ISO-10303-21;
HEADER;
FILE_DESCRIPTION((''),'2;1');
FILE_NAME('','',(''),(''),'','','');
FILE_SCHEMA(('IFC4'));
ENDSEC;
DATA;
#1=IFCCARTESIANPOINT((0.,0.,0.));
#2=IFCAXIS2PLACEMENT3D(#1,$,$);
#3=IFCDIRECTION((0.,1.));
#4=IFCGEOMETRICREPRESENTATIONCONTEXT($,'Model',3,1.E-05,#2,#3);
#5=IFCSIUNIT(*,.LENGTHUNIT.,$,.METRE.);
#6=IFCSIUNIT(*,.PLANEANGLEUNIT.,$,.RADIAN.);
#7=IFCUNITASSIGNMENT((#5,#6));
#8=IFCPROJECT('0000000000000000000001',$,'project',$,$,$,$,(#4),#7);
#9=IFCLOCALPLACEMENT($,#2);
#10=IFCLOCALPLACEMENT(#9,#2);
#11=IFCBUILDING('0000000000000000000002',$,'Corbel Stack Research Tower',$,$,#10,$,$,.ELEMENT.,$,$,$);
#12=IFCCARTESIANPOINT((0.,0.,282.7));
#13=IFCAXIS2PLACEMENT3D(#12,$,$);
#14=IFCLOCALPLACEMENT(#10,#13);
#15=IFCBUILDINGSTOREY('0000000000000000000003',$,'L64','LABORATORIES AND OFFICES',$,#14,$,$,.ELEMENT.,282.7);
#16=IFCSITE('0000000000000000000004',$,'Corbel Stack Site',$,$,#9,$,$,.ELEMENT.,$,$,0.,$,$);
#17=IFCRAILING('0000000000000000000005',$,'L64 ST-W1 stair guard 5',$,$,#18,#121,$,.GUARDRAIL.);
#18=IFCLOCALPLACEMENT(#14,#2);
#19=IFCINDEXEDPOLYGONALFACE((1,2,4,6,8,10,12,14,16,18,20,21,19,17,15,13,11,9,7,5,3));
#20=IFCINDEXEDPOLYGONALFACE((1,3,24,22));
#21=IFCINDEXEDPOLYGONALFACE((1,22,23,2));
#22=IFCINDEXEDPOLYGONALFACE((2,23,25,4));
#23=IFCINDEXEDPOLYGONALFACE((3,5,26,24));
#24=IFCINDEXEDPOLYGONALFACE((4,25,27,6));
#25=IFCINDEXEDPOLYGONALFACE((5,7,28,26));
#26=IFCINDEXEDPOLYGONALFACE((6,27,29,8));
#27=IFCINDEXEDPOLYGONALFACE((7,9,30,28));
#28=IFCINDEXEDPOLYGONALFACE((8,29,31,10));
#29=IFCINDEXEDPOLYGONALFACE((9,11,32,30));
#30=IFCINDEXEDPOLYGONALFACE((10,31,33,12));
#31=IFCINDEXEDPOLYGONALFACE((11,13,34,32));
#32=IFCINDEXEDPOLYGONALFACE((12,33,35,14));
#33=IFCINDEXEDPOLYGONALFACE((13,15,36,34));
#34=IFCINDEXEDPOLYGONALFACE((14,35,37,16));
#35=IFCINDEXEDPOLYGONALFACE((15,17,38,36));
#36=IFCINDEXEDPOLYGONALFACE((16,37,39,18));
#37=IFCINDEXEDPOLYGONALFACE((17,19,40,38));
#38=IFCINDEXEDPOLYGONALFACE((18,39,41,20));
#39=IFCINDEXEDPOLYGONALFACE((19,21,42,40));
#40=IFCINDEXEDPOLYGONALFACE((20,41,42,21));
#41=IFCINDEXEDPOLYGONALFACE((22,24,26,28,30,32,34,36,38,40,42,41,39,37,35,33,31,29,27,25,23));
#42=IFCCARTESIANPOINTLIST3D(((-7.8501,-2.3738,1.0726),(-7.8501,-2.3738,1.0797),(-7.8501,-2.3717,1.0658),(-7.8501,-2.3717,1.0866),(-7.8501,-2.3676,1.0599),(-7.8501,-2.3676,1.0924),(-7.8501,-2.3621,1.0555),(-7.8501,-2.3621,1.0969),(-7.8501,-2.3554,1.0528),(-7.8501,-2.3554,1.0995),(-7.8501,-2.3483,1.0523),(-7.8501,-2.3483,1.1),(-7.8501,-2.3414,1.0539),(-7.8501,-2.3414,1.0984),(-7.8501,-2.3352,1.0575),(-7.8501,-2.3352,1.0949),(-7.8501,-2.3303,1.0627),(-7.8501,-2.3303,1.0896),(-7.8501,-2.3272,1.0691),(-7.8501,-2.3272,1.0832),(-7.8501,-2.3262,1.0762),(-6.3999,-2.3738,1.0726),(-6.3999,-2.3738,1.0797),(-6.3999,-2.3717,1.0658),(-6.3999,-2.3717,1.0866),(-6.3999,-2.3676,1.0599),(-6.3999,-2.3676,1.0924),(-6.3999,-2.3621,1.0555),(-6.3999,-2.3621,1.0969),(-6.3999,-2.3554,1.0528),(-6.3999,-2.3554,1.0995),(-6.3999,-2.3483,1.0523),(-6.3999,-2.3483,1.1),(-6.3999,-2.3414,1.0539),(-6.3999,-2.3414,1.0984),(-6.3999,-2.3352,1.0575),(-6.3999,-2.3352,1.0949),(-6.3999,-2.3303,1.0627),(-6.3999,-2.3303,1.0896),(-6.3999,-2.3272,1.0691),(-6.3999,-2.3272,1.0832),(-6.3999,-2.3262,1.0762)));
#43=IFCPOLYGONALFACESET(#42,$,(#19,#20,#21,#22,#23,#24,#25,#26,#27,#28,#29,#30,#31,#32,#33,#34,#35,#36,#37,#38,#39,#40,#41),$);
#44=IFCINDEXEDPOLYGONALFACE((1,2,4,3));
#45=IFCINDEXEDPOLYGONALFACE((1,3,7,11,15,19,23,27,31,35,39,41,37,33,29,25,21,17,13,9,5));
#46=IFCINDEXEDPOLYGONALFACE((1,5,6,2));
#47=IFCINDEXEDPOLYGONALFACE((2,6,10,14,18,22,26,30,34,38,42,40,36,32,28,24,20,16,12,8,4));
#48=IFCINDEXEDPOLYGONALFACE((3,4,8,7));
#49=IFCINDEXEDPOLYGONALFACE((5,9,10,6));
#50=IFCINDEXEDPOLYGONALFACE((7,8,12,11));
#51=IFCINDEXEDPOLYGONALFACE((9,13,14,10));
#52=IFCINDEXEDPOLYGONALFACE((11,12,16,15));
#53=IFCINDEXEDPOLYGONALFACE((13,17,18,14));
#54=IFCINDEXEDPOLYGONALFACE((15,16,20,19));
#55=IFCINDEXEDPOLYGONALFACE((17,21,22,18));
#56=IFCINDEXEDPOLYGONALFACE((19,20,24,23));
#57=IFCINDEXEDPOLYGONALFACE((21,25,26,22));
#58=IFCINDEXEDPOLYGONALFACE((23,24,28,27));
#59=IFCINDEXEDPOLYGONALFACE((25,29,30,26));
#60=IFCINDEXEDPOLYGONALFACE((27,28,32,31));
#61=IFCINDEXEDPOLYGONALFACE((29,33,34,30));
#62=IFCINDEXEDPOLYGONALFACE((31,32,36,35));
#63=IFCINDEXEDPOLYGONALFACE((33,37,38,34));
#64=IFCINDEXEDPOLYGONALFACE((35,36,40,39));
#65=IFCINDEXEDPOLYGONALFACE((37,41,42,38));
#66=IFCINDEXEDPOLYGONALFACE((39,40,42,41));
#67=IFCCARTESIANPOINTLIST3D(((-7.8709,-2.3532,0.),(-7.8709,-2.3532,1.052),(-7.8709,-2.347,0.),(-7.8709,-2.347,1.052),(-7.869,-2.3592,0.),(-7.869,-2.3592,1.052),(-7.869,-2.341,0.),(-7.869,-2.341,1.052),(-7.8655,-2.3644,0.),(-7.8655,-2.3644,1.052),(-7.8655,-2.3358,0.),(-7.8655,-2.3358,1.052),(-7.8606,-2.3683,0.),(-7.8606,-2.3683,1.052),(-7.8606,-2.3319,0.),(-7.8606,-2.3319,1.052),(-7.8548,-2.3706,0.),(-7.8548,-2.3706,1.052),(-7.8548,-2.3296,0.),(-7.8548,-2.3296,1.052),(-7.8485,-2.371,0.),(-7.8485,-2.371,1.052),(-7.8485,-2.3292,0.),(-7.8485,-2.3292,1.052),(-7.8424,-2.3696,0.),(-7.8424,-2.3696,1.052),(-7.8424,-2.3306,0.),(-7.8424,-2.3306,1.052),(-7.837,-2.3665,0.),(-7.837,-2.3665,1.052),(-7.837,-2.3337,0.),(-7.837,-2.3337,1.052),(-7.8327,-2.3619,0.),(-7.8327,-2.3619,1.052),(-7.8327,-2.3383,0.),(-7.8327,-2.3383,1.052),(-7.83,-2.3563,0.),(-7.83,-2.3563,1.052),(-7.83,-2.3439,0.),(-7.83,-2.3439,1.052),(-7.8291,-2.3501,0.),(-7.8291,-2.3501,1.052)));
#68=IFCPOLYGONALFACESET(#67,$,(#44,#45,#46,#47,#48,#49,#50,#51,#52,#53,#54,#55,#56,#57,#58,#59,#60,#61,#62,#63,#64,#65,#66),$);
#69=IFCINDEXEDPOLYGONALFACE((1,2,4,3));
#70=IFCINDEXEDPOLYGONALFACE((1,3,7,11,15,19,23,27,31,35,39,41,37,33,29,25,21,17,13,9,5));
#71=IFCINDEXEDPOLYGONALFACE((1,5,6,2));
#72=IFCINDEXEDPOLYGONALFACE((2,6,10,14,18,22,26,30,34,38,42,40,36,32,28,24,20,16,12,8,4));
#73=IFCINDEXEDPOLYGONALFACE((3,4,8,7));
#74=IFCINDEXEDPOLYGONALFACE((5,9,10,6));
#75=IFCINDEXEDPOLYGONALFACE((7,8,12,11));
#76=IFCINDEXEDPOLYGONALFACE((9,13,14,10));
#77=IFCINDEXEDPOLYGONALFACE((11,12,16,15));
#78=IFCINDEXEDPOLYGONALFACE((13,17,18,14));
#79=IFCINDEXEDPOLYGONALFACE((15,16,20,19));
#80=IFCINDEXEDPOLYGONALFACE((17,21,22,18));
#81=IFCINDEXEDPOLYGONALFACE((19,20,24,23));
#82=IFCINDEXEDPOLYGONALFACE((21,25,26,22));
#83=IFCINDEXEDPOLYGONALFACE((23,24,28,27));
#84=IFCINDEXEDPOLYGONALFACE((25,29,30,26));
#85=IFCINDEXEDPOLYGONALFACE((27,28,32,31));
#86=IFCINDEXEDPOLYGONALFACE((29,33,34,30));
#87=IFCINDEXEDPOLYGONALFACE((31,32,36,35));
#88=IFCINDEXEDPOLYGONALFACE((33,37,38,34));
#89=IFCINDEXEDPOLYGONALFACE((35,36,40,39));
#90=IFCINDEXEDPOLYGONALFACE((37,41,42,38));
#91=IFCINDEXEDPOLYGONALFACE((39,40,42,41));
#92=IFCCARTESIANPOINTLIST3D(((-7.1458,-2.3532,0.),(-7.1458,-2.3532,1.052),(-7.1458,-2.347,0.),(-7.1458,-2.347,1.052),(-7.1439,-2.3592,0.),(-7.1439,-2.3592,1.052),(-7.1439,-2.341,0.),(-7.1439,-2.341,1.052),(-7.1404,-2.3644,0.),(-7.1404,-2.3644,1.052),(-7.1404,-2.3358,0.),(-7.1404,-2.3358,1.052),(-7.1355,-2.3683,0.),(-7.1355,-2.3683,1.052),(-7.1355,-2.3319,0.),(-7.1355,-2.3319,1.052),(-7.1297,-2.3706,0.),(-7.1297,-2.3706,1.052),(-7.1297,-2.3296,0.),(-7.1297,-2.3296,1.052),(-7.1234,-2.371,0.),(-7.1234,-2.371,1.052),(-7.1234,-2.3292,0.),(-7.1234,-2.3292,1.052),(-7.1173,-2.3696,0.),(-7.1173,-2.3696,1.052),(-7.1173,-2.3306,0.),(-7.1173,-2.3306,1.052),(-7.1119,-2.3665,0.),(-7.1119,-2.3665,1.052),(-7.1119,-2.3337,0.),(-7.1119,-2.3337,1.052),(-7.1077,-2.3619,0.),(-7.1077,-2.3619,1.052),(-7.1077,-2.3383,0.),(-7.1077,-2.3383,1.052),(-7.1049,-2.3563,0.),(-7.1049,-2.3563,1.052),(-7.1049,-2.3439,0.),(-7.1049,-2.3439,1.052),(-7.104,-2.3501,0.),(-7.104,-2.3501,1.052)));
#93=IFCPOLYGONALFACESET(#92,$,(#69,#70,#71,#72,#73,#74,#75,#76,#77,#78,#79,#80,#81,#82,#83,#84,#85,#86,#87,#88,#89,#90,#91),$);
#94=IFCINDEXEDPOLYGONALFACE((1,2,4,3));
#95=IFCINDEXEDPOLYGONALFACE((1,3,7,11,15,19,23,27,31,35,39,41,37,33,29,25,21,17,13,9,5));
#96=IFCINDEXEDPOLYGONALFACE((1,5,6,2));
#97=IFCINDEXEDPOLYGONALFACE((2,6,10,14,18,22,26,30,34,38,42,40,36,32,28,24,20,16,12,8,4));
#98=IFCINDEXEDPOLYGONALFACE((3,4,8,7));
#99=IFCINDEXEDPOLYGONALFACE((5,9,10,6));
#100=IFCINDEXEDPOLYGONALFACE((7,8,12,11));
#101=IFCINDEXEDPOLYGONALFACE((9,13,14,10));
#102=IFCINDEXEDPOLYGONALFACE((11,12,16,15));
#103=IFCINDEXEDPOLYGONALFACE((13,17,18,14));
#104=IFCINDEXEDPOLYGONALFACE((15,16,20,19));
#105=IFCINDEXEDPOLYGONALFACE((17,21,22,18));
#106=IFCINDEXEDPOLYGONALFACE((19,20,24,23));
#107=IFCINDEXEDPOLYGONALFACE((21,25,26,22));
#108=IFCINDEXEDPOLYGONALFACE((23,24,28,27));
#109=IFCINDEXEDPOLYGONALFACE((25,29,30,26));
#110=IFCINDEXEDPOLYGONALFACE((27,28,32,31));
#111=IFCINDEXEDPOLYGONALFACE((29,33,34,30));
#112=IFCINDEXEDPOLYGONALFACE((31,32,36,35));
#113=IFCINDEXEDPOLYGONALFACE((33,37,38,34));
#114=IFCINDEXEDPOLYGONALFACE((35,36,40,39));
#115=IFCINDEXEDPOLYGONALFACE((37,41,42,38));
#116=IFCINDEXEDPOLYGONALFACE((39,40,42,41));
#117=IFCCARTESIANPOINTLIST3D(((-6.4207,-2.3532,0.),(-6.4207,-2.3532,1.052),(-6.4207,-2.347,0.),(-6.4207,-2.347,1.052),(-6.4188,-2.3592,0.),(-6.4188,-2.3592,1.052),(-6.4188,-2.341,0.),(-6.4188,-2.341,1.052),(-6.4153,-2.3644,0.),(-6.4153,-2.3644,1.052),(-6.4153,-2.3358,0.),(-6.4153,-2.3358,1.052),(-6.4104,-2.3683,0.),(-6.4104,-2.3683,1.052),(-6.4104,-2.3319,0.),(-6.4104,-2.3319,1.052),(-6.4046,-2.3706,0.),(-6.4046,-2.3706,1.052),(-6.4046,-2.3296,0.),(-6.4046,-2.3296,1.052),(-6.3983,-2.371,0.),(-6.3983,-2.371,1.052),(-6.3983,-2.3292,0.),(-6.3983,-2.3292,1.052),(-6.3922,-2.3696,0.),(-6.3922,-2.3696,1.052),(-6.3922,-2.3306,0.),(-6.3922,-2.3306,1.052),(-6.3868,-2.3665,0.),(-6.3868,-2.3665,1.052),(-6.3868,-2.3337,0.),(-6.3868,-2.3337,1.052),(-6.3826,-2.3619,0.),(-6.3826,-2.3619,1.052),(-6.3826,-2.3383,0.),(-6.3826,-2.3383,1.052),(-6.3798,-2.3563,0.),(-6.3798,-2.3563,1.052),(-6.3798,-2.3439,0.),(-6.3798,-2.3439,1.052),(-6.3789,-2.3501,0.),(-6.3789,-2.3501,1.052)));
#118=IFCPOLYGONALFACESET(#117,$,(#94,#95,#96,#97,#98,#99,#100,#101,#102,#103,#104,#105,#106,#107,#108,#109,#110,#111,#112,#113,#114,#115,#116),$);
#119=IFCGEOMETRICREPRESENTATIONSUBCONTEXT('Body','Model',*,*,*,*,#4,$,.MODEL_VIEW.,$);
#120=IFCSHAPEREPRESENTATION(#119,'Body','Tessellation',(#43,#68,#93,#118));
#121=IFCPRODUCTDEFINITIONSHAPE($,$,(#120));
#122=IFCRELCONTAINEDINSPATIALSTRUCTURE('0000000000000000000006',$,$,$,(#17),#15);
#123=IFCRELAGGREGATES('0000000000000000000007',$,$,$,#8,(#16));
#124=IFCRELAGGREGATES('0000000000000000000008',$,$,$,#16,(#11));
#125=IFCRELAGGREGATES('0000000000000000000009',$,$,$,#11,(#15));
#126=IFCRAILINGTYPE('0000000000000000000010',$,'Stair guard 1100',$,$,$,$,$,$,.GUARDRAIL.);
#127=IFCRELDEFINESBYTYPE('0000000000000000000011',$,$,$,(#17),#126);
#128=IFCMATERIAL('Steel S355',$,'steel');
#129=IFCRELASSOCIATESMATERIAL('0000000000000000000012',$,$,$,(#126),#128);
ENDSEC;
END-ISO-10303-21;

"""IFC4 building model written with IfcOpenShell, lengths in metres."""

from ifc_helpers import new_model, si_unit, direction, frame, origin, origin_2d, place, context, subcontext, project, spatial, circle, extrude, material, type_object, element, save


model = new_model("IFC4")

# Units and contexts
model_context = context("Model", 3, precision=1e-05, world=origin(), true_north=direction((0.0, 1.0)))
body_context = subcontext(model_context, "Body", "Model", "MODEL_VIEW")
ifc_project = project(units=[si_unit("LENGTHUNIT", "METRE"), si_unit("PLANEANGLEUNIT", "RADIAN")], contexts=[model_context])

# Site, building, storey
site_placement = place(None, origin())
site = spatial("IfcSite", under=ifc_project, at=site_placement, Name="Corbel Stack Site", CompositionType="ELEMENT", RefElevation=0.0)
building_placement = place(site_placement, origin())
building = spatial("IfcBuilding", under=site, at=building_placement, Name="Corbel Stack Research Tower", CompositionType="ELEMENT")
storey_placement = place(building_placement, frame((0.0, 0.0, 282.7)))
storey = spatial("IfcBuildingStorey", under=building, at=storey_placement, Name="L64", Description="LABORATORIES AND OFFICES", CompositionType="ELEMENT", Elevation=282.7)

# Railing
ifc_material_1 = material(Name="Steel S355", Category="steel")
railing_type_1 = type_object("IfcRailingType", Name="Stair guard 1100", PredefinedType="GUARDRAIL", material=ifc_material_1)
railing_1_placement = place(storey_placement, frame((-7.8501, -2.3501, 0.0)))
element("IfcRailing", 1, at=railing_1_placement, inside=storey, type_object=railing_type_1, Name="L64 ST-W1 stair guard 5", PredefinedType="GUARDRAIL", context=body_context, shape_type="SweptSolid", body=[
    extrude(circle(Radius=0.0239, at=origin_2d()), frame((0.0, 0.0, 1.0762), z_axis=(1.0, 0.0, 0.0), x_axis=(0.0, 1.0, 0.0)), (0.0, 0.0, 1.0), 1.4502),
    extrude(circle(Radius=0.021, at=origin_2d()), origin(), (0.0, 0.0, 1.0), 1.052),
    extrude(circle(Radius=0.021, at=origin_2d()), frame((0.7251, 0.0, 0.0)), (0.0, 0.0, 1.0), 1.052),
    extrude(circle(Radius=0.021, at=origin_2d()), frame((1.4502, 0.0, 0.0)), (0.0, 0.0, 1.0), 1.052),
])

save(model, "model.ifc")
